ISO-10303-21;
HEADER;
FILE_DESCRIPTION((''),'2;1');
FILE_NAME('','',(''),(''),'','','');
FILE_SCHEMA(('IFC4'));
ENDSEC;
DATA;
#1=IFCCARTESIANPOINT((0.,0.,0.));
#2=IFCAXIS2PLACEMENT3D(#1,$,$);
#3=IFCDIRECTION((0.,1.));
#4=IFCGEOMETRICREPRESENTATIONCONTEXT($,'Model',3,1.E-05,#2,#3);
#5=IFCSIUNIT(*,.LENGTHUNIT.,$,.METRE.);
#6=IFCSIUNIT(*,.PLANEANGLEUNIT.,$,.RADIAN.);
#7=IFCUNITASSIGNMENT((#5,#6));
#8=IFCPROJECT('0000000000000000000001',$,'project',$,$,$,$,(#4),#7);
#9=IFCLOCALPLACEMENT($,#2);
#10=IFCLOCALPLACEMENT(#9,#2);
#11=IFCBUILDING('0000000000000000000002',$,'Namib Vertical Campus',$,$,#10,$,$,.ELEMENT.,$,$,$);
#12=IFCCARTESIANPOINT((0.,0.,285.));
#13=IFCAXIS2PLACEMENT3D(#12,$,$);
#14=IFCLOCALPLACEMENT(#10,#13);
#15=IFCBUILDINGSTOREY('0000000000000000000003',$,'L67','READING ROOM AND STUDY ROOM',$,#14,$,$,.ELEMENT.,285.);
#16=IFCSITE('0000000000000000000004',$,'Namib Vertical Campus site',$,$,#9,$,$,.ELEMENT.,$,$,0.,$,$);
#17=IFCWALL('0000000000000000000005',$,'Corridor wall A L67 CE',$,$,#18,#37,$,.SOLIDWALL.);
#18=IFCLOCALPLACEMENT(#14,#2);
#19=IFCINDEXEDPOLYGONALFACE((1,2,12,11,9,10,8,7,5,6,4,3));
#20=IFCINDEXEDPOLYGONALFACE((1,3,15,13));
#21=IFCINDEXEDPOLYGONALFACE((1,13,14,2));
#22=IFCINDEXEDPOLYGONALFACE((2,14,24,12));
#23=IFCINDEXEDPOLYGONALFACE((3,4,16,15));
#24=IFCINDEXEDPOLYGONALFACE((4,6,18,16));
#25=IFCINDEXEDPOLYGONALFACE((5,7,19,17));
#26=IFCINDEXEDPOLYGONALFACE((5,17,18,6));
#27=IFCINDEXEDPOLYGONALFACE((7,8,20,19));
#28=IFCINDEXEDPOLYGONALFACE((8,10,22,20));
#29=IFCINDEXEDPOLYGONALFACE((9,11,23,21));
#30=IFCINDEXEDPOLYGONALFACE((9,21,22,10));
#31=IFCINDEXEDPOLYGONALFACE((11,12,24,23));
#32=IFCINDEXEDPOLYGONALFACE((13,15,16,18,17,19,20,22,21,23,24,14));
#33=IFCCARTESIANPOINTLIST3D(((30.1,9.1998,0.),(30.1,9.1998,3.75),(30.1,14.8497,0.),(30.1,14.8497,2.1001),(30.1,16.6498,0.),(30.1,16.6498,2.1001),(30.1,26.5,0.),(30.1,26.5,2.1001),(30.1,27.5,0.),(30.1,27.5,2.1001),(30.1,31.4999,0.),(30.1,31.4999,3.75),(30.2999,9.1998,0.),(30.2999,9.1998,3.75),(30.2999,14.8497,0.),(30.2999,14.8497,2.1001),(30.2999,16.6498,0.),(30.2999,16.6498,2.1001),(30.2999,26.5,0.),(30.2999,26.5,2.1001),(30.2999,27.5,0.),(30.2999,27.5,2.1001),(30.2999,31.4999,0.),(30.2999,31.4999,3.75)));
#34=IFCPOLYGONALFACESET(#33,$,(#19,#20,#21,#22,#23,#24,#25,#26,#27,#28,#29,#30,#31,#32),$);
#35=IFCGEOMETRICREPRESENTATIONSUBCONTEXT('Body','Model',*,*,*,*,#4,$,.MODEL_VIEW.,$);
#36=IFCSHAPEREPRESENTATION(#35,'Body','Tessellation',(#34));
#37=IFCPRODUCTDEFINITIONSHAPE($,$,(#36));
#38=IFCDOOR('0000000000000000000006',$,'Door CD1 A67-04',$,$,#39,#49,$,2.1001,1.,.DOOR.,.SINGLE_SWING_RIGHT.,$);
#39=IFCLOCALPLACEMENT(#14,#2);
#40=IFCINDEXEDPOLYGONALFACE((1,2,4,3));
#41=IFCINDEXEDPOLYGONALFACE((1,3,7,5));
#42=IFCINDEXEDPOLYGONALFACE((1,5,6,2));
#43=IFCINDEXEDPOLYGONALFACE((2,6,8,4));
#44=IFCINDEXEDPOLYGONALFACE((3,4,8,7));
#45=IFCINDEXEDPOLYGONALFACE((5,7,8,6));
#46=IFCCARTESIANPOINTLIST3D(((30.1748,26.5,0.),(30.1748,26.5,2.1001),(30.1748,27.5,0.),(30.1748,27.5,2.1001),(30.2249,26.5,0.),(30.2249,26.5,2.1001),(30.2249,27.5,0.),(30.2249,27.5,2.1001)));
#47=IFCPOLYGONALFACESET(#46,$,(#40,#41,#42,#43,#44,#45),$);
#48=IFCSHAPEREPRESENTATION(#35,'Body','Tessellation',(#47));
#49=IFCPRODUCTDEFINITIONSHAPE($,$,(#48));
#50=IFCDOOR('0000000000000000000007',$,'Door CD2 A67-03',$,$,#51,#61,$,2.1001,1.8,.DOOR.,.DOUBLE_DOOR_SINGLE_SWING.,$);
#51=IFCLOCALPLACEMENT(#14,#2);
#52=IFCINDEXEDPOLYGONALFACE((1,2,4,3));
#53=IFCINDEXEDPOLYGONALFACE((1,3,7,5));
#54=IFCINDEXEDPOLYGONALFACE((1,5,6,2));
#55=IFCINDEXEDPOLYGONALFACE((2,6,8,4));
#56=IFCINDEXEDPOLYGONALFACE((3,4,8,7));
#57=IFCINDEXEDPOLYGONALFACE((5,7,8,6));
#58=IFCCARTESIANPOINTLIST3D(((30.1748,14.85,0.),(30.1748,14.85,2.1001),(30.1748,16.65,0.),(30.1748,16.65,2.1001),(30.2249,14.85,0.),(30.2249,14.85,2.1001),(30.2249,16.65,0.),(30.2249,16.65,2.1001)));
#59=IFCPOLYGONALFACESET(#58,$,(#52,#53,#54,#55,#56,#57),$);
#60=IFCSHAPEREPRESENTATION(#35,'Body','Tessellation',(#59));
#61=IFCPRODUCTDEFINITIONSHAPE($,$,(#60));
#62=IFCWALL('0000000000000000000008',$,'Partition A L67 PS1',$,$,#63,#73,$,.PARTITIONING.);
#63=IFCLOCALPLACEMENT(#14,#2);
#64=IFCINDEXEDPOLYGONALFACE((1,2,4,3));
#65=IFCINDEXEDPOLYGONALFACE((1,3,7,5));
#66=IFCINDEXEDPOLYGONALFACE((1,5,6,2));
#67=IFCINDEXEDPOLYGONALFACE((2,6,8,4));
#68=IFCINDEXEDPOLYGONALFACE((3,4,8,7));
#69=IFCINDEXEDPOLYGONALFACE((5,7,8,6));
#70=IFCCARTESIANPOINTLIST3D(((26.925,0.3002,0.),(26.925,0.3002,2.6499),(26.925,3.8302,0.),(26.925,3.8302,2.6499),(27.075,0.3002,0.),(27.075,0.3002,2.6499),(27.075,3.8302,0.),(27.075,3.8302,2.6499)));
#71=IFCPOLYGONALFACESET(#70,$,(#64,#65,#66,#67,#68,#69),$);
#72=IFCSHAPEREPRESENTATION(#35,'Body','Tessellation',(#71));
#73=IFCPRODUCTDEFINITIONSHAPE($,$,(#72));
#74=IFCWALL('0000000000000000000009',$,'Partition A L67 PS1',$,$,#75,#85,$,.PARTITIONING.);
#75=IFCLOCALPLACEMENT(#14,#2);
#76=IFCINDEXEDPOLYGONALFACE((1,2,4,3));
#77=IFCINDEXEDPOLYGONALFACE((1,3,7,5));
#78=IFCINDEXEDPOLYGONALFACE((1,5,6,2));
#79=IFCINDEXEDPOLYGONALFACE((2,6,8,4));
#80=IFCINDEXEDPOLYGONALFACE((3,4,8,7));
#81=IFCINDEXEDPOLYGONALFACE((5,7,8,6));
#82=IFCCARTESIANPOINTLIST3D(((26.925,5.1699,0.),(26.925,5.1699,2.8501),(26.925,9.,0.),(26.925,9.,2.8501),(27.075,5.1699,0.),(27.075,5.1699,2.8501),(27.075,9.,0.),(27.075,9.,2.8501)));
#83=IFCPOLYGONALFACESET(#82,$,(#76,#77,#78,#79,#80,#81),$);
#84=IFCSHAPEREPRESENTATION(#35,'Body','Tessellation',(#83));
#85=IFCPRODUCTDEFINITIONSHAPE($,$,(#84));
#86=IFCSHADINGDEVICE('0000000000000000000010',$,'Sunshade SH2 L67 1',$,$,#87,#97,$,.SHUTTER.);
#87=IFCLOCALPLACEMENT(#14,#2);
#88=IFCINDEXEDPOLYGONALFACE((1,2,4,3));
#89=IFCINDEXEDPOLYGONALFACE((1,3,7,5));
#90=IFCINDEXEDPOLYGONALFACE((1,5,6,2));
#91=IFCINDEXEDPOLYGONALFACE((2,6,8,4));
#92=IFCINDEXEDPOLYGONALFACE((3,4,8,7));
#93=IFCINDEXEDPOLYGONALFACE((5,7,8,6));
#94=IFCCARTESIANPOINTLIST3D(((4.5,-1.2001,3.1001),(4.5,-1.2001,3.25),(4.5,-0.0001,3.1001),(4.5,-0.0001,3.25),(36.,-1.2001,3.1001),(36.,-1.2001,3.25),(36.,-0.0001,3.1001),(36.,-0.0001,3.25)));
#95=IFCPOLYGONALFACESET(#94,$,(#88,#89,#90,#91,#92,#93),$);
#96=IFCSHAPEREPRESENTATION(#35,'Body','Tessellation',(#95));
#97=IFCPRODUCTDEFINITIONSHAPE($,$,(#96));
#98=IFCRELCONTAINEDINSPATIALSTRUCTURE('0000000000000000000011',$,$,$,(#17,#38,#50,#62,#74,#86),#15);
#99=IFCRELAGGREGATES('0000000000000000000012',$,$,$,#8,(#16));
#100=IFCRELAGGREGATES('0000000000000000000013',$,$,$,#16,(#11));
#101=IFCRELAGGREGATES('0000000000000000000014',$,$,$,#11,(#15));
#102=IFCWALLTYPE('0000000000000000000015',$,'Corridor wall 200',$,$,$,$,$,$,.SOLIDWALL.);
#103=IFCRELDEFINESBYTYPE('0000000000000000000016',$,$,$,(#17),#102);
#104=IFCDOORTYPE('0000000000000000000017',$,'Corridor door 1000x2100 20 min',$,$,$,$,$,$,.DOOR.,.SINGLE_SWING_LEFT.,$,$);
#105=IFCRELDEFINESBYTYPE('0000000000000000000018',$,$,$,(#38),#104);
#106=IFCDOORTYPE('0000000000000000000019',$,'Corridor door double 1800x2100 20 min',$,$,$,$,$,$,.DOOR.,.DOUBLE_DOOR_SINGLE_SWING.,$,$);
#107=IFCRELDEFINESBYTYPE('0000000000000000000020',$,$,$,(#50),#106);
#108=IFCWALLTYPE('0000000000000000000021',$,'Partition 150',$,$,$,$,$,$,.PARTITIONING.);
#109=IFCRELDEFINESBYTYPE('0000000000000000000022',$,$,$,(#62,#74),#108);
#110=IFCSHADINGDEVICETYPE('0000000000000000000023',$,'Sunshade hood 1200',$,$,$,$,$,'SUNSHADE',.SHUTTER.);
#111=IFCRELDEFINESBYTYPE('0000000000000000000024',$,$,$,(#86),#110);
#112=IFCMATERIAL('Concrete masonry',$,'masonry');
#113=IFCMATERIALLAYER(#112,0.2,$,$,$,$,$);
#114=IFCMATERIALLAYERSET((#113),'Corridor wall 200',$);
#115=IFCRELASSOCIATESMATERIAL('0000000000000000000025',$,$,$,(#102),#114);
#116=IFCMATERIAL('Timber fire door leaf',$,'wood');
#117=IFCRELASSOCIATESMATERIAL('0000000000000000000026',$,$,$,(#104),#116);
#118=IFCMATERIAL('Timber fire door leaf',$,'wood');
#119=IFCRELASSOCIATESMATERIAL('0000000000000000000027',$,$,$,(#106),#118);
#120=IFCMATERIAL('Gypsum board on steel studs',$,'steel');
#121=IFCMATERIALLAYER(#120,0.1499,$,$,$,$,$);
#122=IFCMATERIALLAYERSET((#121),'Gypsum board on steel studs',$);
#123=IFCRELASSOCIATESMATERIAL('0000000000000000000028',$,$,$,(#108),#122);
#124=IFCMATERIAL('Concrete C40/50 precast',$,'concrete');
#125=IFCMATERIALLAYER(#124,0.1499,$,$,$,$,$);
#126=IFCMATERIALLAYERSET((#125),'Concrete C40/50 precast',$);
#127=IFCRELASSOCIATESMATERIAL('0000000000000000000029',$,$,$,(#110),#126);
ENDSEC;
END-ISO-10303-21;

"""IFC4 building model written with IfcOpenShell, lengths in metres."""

from ifc_helpers import new_model, si_unit, direction, frame, frame_2d, origin, origin_2d, place, context, subcontext, project, spatial, rectangle, extrude, material, layer, layer_set, type_object, element, fill, save


model = new_model("IFC4")

# Units and contexts
model_context = context("Model", 3, precision=1e-05, world=origin(), true_north=direction((0.0, 1.0)))
body_context = subcontext(model_context, "Body", "Model", "MODEL_VIEW")
ifc_project = project(units=[si_unit("LENGTHUNIT", "METRE"), si_unit("PLANEANGLEUNIT", "RADIAN")], contexts=[model_context])

# Site, building, storey
site_placement = place(None, origin())
site = spatial("IfcSite", under=ifc_project, at=site_placement, Name="Namib Vertical Campus site", CompositionType="ELEMENT", RefElevation=0.0)
building_placement = place(site_placement, origin())
building = spatial("IfcBuilding", under=site, at=building_placement, Name="Namib Vertical Campus", CompositionType="ELEMENT")
storey_placement = place(building_placement, frame((0.0, 0.0, 285.0)))
storey = spatial("IfcBuildingStorey", under=building, at=storey_placement, Name="L67", Description="READING ROOM AND STUDY ROOM", CompositionType="ELEMENT", Elevation=285.0)

# Wall, openings, doors
ifc_material_1 = material(Name="Concrete masonry", Category="masonry")
ifc_layer_1 = layer(ifc_material_1, 0.2)
ifc_layer_set_1 = layer_set([ifc_layer_1], Name="Corridor wall 200")
wall_type_1 = type_object("IfcWallType", Name="Corridor wall 200", PredefinedType="SOLIDWALL", material=ifc_layer_set_1)
wall_1_placement = place(storey_placement, frame((30.2, 9.2, 0.0), z_axis=(0.0, 0.0, 1.0), x_axis=(0.0, 1.0, 0.0)))
wall_1 = element("IfcWall", 1, at=wall_1_placement, inside=storey, type_object=wall_type_1, Name="Corridor wall A L67 CE", PredefinedType="SOLIDWALL", context=body_context, shape_type="SweptSolid", body=[
    extrude(rectangle(XDim=22.3, YDim=0.2, at=frame_2d((11.1499, 0.0))), origin(), (0.0, 0.0, 1.0), 3.75),
])
opening_1_placement = place(wall_1_placement, frame((5.6499, 0.0, 0.0)))
opening_1 = element("IfcOpeningElement", 2, at=opening_1_placement, cuts=wall_1, PredefinedType="OPENING", context=body_context, shape_type="SweptSolid", body=[
    extrude(rectangle(XDim=1.8, YDim=2.1001, at=frame_2d((0.8999, 1.05))), frame((0.0, 0.1099, 0.0), z_axis=(0.0, -1.0, 0.0), x_axis=(1.0, 0.0, 0.0)), (0.0, 0.0, 1.0), 0.22),
])
opening_2_placement = place(wall_1_placement, frame((17.3, 0.0, 0.0)))
opening_2 = element("IfcOpeningElement", 3, at=opening_2_placement, cuts=wall_1, PredefinedType="OPENING", context=body_context, shape_type="SweptSolid", body=[
    extrude(rectangle(XDim=1.0, YDim=2.1001, at=frame_2d((0.5, 1.05))), frame((0.0, 0.1099, 0.0), z_axis=(0.0, -1.0, 0.0), x_axis=(1.0, 0.0, 0.0)), (0.0, 0.0, 1.0), 0.22),
])
ifc_material_2 = material(Name="Timber fire door leaf", Category="wood")
door_type_1 = type_object("IfcDoorType", Name="Corridor door 1000x2100 20 min", OperationType="SINGLE_SWING_LEFT", PredefinedType="DOOR", material=ifc_material_2)
door_1_placement = place(opening_2_placement, frame((1.0, 0.0, 0.0), z_axis=(0.0, 0.0, 1.0), x_axis=(-1.0, 0.0, 0.0)))
door_1 = element("IfcDoor", 4, at=door_1_placement, inside=storey, type_object=door_type_1, Name="Door CD1 A67-04", OperationType="SINGLE_SWING_RIGHT", OverallHeight=2.1001, OverallWidth=1.0, PredefinedType="DOOR", context=body_context, shape_type="SweptSolid", body=[
    extrude(rectangle(XDim=1.0, YDim=2.1001, at=frame_2d((0.5, 1.05))), frame((0.0, 0.0249, 0.0), z_axis=(0.0, -1.0, 0.0), x_axis=(1.0, 0.0, 0.0)), (0.0, 0.0, 1.0), 0.05),
])
fill(opening_2, door_1)
ifc_material_3 = material(Name="Timber fire door leaf", Category="wood")
door_type_2 = type_object("IfcDoorType", Name="Corridor door double 1800x2100 20 min", OperationType="DOUBLE_DOOR_SINGLE_SWING", PredefinedType="DOOR", material=ifc_material_3)
door_2_placement = place(opening_1_placement, frame((1.8, 0.0, 0.0), z_axis=(0.0, 0.0, 1.0), x_axis=(-1.0, 0.0, 0.0)))
door_2 = element("IfcDoor", 5, at=door_2_placement, inside=storey, type_object=door_type_2, Name="Door CD2 A67-03", OperationType="DOUBLE_DOOR_SINGLE_SWING", OverallHeight=2.1001, OverallWidth=1.8, PredefinedType="DOOR", context=body_context, shape_type="SweptSolid", body=[
    extrude(rectangle(XDim=1.8, YDim=2.1001, at=frame_2d((0.8999, 1.05))), frame((0.0, 0.0249, 0.0), z_axis=(0.0, -1.0, 0.0), x_axis=(1.0, 0.0, 0.0)), (0.0, 0.0, 1.0), 0.05),
])
fill(opening_1, door_2)

# Walls
ifc_material_4 = material(Name="Gypsum board on steel studs", Category="steel")
ifc_layer_2 = layer(ifc_material_4, 0.1499)
ifc_layer_set_2 = layer_set([ifc_layer_2], Name="Gypsum board on steel studs")
wall_type_2 = type_object("IfcWallType", Name="Partition 150", PredefinedType="PARTITIONING", material=ifc_layer_set_2)
wall_2_placement = place(storey_placement, frame((27.0, 0.3, 0.0), z_axis=(0.0, 0.0, 1.0), x_axis=(0.0, 1.0, 0.0)))
element("IfcWall", 6, at=wall_2_placement, inside=storey, type_object=wall_type_2, Name="Partition A L67 PS1", PredefinedType="PARTITIONING", context=body_context, shape_type="SweptSolid", body=[
    extrude(rectangle(XDim=3.53, YDim=0.1499, at=frame_2d((1.7651, 0.0))), origin(), (0.0, 0.0, 1.0), 2.6499),
])
wall_3_placement = place(storey_placement, frame((27.0, 5.1699, 0.0), z_axis=(0.0, 0.0, 1.0), x_axis=(0.0, 1.0, 0.0)))
element("IfcWall", 7, at=wall_3_placement, inside=storey, type_object=wall_type_2, Name="Partition A L67 PS1", PredefinedType="PARTITIONING", context=body_context, shape_type="SweptSolid", body=[
    extrude(rectangle(XDim=3.8301, YDim=0.1499, at=frame_2d((1.915, 0.0))), origin(), (0.0, 0.0, 1.0), 2.8501),
])

# Shading device
ifc_material_5 = material(Name="Concrete C40/50 precast", Category="concrete")
ifc_layer_3 = layer(ifc_material_5, 0.1499)
ifc_layer_set_3 = layer_set([ifc_layer_3], Name="Concrete C40/50 precast")
shading_device_type = type_object("IfcShadingDeviceType", Name="Sunshade hood 1200", ElementType="SUNSHADE", PredefinedType="SHUTTER", material=ifc_layer_set_3)
shading_device_placement = place(storey_placement, frame((20.25, -0.6001, 3.1001), z_axis=(0.0, 0.0, 1.0), x_axis=(1.0, 0.0, 0.0)))
element("IfcShadingDevice", 8, at=shading_device_placement, inside=storey, type_object=shading_device_type, Name="Sunshade SH2 L67 1", PredefinedType="SHUTTER", context=body_context, shape_type="SweptSolid", body=[
    extrude(rectangle(XDim=31.5, YDim=1.2, at=origin_2d()), origin(), (0.0, 0.0, 1.0), 0.1499),
])

save(model, "model.ifc")
